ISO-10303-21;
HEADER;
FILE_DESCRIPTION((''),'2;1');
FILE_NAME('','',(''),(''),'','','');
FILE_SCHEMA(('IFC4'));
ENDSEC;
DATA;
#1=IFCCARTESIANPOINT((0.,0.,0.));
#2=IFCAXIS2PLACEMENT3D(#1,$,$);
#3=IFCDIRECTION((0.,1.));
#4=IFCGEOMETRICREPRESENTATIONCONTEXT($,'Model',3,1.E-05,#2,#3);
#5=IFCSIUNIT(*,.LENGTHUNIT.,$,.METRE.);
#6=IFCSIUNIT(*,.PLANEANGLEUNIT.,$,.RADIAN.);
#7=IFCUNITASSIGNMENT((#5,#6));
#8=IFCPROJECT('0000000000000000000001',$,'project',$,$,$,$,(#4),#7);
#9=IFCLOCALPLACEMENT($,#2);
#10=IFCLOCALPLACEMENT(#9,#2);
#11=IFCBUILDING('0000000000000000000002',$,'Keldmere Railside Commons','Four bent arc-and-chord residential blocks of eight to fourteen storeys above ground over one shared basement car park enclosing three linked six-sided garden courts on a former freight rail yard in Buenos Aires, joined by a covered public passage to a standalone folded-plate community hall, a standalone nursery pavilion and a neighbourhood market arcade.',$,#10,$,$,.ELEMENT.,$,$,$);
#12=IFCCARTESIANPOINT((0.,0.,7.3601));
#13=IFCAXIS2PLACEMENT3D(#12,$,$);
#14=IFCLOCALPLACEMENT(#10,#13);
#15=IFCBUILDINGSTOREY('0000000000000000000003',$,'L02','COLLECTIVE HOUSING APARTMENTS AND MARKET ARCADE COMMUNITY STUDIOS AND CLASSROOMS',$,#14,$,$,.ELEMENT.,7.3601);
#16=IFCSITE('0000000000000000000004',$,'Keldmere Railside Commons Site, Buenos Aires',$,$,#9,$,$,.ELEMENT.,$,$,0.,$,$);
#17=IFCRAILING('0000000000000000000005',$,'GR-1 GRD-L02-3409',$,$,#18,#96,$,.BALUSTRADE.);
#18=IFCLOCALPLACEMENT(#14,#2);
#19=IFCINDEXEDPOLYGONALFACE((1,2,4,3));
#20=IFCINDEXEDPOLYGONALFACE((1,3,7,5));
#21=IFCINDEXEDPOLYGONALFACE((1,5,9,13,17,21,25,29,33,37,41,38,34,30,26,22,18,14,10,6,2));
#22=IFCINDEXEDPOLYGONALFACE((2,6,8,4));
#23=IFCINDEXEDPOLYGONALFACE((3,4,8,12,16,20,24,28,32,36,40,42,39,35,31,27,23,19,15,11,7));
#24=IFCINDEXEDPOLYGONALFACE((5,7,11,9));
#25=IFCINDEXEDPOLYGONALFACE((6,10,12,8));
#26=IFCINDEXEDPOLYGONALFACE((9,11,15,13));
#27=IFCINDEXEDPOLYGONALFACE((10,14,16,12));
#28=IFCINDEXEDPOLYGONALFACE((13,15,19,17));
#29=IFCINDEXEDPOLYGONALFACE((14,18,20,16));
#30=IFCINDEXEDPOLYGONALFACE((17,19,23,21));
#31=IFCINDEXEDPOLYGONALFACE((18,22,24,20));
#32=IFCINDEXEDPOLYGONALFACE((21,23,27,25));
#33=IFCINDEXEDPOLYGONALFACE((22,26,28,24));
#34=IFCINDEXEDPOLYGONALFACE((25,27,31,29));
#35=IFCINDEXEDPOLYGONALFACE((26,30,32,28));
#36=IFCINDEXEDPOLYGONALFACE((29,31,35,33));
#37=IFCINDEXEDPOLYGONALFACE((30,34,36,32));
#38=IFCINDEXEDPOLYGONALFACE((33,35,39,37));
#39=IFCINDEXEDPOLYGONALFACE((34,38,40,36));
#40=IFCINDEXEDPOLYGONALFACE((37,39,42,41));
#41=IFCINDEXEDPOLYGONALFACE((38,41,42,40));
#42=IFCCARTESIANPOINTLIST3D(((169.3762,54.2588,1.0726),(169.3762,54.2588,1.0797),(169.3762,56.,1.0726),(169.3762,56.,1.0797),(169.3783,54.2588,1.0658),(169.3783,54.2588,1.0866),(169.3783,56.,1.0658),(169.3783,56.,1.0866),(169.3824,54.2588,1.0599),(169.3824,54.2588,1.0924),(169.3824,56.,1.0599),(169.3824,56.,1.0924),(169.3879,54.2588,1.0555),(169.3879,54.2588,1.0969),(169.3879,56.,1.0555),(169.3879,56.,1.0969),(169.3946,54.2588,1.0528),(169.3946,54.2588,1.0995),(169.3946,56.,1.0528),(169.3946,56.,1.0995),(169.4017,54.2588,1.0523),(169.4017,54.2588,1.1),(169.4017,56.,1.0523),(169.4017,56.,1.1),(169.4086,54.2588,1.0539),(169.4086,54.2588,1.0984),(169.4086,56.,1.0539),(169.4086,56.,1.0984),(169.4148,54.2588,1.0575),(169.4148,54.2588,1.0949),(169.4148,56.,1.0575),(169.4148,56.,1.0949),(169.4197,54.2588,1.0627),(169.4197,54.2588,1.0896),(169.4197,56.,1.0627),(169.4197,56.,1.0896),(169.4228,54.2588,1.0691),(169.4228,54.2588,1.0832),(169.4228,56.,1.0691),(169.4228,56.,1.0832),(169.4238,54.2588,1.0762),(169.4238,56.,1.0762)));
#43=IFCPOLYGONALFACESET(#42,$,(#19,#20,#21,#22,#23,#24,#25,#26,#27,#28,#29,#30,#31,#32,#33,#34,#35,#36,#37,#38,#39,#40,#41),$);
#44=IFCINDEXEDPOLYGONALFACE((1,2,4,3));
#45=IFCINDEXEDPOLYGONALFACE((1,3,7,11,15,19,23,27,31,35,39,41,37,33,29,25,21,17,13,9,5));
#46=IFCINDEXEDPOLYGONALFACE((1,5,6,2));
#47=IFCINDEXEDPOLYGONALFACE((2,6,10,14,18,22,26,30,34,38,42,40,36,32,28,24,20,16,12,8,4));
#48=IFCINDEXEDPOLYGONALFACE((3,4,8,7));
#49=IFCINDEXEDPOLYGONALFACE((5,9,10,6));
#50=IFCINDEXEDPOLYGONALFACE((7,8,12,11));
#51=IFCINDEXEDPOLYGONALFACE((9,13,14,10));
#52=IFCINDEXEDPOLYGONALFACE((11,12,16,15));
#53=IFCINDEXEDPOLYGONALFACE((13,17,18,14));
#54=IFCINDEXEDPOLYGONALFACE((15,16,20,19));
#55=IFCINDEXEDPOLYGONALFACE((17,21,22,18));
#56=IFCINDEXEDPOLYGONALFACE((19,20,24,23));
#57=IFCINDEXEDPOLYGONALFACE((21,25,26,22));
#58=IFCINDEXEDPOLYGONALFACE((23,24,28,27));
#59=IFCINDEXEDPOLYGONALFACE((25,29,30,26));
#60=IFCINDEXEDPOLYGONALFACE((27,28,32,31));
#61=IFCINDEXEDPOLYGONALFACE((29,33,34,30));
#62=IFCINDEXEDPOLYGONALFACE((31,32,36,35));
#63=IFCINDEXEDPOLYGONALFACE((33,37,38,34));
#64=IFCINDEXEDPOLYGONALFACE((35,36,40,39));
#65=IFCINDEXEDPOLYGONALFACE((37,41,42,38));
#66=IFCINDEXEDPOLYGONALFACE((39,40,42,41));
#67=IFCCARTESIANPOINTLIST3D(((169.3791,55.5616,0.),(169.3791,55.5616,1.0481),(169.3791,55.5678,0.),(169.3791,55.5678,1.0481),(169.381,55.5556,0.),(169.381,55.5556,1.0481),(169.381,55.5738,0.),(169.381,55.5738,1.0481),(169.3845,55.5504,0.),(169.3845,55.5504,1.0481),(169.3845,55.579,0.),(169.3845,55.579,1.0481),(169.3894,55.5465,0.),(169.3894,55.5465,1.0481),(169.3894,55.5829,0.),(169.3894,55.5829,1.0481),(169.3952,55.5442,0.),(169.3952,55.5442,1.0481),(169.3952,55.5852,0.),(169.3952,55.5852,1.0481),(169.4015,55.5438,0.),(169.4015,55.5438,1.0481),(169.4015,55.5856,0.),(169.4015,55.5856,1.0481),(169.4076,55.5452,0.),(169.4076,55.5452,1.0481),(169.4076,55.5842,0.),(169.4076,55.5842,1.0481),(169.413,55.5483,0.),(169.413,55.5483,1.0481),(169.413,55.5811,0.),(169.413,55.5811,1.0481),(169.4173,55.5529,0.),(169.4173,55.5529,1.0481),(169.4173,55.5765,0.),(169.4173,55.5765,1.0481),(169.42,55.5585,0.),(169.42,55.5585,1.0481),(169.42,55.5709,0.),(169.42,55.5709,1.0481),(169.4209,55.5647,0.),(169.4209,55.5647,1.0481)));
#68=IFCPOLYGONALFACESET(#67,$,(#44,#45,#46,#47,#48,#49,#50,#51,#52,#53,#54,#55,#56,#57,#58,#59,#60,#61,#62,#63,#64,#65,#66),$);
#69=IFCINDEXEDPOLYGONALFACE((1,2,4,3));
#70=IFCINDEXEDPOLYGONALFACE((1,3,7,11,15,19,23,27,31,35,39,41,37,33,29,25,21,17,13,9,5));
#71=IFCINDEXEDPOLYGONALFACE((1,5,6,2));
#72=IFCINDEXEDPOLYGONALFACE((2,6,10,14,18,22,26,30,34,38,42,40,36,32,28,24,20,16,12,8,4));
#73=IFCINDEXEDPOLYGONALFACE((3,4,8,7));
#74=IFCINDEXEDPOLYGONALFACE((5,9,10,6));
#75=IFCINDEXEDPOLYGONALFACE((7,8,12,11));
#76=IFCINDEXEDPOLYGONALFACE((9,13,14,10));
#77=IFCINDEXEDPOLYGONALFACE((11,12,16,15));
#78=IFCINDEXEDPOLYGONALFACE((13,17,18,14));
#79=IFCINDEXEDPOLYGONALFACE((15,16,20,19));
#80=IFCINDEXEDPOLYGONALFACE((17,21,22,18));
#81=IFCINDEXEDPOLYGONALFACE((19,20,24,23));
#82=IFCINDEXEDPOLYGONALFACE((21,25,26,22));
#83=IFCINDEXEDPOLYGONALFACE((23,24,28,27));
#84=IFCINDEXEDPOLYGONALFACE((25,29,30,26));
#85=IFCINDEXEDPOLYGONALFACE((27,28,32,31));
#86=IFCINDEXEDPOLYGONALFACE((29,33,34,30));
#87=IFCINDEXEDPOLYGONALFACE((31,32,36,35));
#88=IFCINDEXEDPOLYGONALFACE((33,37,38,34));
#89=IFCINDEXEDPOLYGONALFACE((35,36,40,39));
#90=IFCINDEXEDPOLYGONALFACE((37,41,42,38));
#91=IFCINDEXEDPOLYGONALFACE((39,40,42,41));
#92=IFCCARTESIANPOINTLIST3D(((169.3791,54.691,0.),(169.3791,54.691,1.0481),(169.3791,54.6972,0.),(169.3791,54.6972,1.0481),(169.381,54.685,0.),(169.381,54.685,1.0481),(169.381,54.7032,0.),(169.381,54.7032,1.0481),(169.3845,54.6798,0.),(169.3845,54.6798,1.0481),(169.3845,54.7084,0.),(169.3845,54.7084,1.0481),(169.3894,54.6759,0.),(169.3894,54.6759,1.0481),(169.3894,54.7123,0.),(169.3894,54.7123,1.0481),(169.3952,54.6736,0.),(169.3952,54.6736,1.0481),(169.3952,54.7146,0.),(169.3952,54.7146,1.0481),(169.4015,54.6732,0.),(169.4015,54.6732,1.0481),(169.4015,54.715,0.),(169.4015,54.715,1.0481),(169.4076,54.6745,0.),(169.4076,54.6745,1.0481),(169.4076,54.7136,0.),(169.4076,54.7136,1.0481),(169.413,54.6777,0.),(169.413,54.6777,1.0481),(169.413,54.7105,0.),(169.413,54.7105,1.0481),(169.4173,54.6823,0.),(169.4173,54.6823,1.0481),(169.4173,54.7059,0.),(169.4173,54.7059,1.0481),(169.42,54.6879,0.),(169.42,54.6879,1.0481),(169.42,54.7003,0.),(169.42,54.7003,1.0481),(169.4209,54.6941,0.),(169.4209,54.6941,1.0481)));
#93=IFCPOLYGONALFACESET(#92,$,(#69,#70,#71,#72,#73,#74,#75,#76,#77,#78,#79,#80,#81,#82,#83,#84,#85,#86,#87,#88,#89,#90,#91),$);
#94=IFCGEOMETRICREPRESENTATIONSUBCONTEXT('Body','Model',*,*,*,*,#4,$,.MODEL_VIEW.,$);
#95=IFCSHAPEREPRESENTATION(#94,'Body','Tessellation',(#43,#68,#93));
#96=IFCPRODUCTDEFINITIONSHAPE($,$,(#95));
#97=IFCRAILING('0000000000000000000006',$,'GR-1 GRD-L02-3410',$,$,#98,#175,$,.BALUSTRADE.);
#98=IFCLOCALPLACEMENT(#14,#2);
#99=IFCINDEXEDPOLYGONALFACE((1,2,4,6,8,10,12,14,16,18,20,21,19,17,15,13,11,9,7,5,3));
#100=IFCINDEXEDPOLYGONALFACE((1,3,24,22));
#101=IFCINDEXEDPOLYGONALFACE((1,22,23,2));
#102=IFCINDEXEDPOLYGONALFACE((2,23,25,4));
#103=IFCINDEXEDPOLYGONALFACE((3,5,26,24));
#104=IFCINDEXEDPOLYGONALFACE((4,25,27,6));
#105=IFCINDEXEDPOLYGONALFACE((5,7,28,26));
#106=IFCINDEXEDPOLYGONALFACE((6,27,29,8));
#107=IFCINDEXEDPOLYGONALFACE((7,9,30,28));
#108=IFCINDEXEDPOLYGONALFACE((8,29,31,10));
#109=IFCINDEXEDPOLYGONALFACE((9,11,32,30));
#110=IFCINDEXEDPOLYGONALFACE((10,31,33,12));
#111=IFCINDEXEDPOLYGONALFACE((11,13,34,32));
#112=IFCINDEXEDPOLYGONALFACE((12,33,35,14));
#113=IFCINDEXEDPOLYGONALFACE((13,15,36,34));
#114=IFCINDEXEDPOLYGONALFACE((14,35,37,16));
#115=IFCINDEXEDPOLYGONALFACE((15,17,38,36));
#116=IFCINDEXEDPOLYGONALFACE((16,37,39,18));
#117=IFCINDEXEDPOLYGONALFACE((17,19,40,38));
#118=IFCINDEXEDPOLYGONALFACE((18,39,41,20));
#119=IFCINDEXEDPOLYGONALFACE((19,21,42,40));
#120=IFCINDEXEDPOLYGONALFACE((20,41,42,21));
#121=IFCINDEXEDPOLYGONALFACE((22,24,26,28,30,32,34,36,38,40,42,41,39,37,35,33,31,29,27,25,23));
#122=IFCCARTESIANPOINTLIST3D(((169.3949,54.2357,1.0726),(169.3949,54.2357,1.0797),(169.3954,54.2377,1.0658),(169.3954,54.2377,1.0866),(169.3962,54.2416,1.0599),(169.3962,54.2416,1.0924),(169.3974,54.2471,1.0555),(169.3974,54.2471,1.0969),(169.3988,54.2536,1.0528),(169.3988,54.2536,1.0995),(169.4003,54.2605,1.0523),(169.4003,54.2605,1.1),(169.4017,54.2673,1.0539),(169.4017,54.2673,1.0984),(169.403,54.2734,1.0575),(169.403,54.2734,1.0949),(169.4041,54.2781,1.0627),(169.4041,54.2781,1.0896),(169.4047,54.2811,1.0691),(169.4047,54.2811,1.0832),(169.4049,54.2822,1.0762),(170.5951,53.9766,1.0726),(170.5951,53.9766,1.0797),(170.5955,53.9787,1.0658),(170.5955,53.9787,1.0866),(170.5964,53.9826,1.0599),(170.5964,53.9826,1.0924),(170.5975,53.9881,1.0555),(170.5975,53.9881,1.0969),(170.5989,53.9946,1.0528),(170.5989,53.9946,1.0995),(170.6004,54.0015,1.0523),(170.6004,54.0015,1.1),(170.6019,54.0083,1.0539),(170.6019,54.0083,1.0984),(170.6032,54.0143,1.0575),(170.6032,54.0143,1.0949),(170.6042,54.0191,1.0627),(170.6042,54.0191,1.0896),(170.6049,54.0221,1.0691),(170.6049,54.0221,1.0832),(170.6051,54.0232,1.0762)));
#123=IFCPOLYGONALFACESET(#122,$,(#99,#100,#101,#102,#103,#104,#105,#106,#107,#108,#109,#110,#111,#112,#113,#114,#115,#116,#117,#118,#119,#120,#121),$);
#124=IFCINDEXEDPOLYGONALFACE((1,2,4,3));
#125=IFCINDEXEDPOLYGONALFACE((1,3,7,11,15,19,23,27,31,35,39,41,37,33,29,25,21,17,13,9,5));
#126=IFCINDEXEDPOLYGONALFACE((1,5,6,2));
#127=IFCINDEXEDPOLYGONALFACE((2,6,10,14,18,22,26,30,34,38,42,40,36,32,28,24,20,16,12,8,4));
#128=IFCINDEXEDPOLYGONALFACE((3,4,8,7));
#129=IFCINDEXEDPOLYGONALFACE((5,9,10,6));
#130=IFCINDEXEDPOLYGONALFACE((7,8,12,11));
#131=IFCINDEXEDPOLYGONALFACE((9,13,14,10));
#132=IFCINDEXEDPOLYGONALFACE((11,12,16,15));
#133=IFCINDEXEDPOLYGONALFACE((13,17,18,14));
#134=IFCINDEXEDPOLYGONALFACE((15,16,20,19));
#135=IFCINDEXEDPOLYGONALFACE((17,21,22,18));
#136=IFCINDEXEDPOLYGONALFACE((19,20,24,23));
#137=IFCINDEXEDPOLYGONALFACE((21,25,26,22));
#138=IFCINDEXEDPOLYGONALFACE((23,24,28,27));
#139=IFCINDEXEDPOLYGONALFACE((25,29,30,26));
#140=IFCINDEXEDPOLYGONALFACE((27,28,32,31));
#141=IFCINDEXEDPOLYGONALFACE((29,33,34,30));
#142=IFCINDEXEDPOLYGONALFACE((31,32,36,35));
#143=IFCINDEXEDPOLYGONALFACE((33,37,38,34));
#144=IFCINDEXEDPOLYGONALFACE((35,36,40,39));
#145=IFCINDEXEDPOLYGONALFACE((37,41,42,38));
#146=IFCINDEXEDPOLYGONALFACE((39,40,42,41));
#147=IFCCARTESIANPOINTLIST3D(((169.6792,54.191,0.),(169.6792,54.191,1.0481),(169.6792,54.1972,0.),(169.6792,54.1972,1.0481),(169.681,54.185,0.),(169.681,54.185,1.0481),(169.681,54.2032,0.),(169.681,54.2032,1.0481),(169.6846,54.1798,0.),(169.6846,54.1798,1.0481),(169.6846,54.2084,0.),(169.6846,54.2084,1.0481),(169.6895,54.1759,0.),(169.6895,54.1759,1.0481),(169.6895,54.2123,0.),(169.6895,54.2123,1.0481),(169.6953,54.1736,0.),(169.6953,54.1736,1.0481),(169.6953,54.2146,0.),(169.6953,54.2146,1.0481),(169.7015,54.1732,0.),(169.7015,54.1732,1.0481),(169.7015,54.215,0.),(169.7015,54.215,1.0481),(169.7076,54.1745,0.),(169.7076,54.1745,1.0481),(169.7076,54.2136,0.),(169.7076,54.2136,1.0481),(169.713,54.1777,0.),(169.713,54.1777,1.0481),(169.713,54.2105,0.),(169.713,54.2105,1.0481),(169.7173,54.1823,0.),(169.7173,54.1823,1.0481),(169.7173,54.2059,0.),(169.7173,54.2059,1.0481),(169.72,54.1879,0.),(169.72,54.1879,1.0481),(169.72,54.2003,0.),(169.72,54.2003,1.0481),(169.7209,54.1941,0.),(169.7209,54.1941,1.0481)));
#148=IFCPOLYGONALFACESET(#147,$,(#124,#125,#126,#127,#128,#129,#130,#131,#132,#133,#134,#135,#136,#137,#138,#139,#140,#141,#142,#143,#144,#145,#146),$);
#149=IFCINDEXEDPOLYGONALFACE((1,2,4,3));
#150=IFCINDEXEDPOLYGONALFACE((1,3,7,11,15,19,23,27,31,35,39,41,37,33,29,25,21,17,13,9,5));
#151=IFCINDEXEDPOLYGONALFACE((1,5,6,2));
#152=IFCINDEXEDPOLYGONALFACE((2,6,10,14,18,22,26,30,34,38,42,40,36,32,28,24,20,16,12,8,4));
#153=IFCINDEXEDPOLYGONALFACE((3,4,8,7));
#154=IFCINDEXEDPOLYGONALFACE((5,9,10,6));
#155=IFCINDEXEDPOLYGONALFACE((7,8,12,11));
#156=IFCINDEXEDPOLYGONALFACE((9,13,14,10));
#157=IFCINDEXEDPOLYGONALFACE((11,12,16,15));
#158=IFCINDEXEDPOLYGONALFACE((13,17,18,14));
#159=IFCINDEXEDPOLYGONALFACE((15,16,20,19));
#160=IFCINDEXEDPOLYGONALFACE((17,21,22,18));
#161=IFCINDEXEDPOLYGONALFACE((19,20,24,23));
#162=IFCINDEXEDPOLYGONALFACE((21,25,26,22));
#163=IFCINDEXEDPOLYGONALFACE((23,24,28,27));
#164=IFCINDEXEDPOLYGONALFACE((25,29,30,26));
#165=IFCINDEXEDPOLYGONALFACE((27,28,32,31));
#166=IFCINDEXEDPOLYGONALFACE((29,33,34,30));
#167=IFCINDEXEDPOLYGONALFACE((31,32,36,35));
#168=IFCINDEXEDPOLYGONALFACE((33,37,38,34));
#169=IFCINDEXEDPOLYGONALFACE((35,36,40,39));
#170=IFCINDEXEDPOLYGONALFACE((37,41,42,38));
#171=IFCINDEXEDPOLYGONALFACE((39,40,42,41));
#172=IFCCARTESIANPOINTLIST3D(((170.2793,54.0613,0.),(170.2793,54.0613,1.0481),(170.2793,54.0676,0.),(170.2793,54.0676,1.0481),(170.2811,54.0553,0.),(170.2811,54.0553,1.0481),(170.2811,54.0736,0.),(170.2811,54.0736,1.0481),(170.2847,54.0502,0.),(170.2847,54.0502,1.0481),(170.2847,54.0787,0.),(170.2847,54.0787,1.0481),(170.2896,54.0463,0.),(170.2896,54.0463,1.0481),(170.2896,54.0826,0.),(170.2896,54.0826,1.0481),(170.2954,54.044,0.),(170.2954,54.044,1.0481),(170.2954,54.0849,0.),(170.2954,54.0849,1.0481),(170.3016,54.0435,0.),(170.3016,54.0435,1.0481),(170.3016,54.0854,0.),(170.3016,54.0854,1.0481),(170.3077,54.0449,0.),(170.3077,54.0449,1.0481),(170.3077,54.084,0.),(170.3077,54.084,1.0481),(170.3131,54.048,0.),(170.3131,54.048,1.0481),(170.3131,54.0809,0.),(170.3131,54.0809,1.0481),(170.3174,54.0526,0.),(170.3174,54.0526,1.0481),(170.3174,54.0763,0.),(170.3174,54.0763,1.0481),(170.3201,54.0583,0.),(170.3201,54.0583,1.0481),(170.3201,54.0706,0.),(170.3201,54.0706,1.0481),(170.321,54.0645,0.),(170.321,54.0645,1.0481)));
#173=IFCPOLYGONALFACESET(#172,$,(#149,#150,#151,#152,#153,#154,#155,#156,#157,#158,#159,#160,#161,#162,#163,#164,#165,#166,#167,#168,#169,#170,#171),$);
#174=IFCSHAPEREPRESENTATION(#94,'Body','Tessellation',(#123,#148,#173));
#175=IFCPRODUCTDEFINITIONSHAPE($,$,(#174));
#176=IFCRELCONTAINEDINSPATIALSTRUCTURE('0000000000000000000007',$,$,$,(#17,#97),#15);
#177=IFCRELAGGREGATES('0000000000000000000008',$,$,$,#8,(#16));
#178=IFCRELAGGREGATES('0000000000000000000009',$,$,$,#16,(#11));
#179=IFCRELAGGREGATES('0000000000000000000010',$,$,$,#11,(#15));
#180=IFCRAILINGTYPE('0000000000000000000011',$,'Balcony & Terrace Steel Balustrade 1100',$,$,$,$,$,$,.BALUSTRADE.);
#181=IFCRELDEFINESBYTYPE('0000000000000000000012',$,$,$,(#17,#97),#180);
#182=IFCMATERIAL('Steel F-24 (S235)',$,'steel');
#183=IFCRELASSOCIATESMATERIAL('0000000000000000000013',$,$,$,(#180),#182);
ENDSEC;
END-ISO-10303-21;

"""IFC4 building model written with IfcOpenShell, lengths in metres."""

from ifc_helpers import new_model, si_unit, direction, frame, origin, origin_2d, place, context, subcontext, project, spatial, circle, extrude, material, type_object, element, save


model = new_model("IFC4")

# Units and contexts
model_context = context("Model", 3, precision=1e-05, world=origin(), true_north=direction((0.0, 1.0)))
body_context = subcontext(model_context, "Body", "Model", "MODEL_VIEW")
ifc_project = project(units=[si_unit("LENGTHUNIT", "METRE"), si_unit("PLANEANGLEUNIT", "RADIAN")], contexts=[model_context])

# Site, building, storey
site_placement = place(None, origin())
site = spatial("IfcSite", under=ifc_project, at=site_placement, Name="Keldmere Railside Commons Site, Buenos Aires", CompositionType="ELEMENT", RefElevation=0.0)
building_placement = place(site_placement, origin())
building = spatial("IfcBuilding", under=site, at=building_placement, Name="Keldmere Railside Commons", Description="Four bent arc-and-chord residential blocks of eight to fourteen storeys above ground over one shared basement car park enclosing three linked six-sided garden courts on a former freight rail yard in Buenos Aires, joined by a covered public passage to a standalone folded-plate community hall, a standalone nursery pavilion and a neighbourhood market arcade.", CompositionType="ELEMENT")
storey_placement = place(building_placement, frame((0.0, 0.0, 7.3601)))
storey = spatial("IfcBuildingStorey", under=building, at=storey_placement, Name="L02", Description="COLLECTIVE HOUSING APARTMENTS AND MARKET ARCADE COMMUNITY STUDIOS AND CLASSROOMS", CompositionType="ELEMENT", Elevation=7.3601)

# Railings
ifc_material_1 = material(Name="Steel F-24 (S235)", Category="steel")
railing_type = type_object("IfcRailingType", Name="Balcony & Terrace Steel Balustrade 1100", PredefinedType="BALUSTRADE", material=ifc_material_1)
railing_1_placement = place(storey_placement, frame((169.3999, 56.0, 0.0)))
element("IfcRailing", 1, at=railing_1_placement, inside=storey, type_object=railing_type, Name="GR-1 GRD-L02-3409", PredefinedType="BALUSTRADE", context=body_context, shape_type="SweptSolid", body=[
    extrude(circle(Radius=0.0239, at=origin_2d()), frame((0.0, 0.0, 1.0762), z_axis=(0.0, -1.0, 0.0), x_axis=(1.0, 0.0, 0.0)), (0.0, 0.0, 1.0), 1.7412),
    extrude(circle(Radius=0.021, at=origin_2d()), frame((0.0, -0.4353, 0.0)), (0.0, 0.0, 1.0), 1.0481),
    extrude(circle(Radius=0.021, at=origin_2d()), frame((0.0, -1.3059, 0.0)), (0.0, 0.0, 1.0), 1.0481),
])
railing_2_placement = place(storey_placement, frame((169.3999, 54.2588, 0.0)))
element("IfcRailing", 2, at=railing_2_placement, inside=storey, type_object=railing_type, Name="GR-1 GRD-L02-3410", PredefinedType="BALUSTRADE", context=body_context, shape_type="SweptSolid", body=[
    extrude(circle(Radius=0.0239, at=origin_2d()), frame((0.0, 0.0, 1.0762), z_axis=(0.977493, -0.210968, 0.0), x_axis=(0.210968, 0.977493, 0.0)), (0.0, 0.0, 1.0), 1.2278),
    extrude(circle(Radius=0.021, at=origin_2d()), frame((0.3, -0.0647, 0.0)), (0.0, 0.0, 1.0), 1.0481),
    extrude(circle(Radius=0.021, at=origin_2d()), frame((0.9001, -0.1943, 0.0)), (0.0, 0.0, 1.0), 1.0481),
])

save(model, "model.ifc")
